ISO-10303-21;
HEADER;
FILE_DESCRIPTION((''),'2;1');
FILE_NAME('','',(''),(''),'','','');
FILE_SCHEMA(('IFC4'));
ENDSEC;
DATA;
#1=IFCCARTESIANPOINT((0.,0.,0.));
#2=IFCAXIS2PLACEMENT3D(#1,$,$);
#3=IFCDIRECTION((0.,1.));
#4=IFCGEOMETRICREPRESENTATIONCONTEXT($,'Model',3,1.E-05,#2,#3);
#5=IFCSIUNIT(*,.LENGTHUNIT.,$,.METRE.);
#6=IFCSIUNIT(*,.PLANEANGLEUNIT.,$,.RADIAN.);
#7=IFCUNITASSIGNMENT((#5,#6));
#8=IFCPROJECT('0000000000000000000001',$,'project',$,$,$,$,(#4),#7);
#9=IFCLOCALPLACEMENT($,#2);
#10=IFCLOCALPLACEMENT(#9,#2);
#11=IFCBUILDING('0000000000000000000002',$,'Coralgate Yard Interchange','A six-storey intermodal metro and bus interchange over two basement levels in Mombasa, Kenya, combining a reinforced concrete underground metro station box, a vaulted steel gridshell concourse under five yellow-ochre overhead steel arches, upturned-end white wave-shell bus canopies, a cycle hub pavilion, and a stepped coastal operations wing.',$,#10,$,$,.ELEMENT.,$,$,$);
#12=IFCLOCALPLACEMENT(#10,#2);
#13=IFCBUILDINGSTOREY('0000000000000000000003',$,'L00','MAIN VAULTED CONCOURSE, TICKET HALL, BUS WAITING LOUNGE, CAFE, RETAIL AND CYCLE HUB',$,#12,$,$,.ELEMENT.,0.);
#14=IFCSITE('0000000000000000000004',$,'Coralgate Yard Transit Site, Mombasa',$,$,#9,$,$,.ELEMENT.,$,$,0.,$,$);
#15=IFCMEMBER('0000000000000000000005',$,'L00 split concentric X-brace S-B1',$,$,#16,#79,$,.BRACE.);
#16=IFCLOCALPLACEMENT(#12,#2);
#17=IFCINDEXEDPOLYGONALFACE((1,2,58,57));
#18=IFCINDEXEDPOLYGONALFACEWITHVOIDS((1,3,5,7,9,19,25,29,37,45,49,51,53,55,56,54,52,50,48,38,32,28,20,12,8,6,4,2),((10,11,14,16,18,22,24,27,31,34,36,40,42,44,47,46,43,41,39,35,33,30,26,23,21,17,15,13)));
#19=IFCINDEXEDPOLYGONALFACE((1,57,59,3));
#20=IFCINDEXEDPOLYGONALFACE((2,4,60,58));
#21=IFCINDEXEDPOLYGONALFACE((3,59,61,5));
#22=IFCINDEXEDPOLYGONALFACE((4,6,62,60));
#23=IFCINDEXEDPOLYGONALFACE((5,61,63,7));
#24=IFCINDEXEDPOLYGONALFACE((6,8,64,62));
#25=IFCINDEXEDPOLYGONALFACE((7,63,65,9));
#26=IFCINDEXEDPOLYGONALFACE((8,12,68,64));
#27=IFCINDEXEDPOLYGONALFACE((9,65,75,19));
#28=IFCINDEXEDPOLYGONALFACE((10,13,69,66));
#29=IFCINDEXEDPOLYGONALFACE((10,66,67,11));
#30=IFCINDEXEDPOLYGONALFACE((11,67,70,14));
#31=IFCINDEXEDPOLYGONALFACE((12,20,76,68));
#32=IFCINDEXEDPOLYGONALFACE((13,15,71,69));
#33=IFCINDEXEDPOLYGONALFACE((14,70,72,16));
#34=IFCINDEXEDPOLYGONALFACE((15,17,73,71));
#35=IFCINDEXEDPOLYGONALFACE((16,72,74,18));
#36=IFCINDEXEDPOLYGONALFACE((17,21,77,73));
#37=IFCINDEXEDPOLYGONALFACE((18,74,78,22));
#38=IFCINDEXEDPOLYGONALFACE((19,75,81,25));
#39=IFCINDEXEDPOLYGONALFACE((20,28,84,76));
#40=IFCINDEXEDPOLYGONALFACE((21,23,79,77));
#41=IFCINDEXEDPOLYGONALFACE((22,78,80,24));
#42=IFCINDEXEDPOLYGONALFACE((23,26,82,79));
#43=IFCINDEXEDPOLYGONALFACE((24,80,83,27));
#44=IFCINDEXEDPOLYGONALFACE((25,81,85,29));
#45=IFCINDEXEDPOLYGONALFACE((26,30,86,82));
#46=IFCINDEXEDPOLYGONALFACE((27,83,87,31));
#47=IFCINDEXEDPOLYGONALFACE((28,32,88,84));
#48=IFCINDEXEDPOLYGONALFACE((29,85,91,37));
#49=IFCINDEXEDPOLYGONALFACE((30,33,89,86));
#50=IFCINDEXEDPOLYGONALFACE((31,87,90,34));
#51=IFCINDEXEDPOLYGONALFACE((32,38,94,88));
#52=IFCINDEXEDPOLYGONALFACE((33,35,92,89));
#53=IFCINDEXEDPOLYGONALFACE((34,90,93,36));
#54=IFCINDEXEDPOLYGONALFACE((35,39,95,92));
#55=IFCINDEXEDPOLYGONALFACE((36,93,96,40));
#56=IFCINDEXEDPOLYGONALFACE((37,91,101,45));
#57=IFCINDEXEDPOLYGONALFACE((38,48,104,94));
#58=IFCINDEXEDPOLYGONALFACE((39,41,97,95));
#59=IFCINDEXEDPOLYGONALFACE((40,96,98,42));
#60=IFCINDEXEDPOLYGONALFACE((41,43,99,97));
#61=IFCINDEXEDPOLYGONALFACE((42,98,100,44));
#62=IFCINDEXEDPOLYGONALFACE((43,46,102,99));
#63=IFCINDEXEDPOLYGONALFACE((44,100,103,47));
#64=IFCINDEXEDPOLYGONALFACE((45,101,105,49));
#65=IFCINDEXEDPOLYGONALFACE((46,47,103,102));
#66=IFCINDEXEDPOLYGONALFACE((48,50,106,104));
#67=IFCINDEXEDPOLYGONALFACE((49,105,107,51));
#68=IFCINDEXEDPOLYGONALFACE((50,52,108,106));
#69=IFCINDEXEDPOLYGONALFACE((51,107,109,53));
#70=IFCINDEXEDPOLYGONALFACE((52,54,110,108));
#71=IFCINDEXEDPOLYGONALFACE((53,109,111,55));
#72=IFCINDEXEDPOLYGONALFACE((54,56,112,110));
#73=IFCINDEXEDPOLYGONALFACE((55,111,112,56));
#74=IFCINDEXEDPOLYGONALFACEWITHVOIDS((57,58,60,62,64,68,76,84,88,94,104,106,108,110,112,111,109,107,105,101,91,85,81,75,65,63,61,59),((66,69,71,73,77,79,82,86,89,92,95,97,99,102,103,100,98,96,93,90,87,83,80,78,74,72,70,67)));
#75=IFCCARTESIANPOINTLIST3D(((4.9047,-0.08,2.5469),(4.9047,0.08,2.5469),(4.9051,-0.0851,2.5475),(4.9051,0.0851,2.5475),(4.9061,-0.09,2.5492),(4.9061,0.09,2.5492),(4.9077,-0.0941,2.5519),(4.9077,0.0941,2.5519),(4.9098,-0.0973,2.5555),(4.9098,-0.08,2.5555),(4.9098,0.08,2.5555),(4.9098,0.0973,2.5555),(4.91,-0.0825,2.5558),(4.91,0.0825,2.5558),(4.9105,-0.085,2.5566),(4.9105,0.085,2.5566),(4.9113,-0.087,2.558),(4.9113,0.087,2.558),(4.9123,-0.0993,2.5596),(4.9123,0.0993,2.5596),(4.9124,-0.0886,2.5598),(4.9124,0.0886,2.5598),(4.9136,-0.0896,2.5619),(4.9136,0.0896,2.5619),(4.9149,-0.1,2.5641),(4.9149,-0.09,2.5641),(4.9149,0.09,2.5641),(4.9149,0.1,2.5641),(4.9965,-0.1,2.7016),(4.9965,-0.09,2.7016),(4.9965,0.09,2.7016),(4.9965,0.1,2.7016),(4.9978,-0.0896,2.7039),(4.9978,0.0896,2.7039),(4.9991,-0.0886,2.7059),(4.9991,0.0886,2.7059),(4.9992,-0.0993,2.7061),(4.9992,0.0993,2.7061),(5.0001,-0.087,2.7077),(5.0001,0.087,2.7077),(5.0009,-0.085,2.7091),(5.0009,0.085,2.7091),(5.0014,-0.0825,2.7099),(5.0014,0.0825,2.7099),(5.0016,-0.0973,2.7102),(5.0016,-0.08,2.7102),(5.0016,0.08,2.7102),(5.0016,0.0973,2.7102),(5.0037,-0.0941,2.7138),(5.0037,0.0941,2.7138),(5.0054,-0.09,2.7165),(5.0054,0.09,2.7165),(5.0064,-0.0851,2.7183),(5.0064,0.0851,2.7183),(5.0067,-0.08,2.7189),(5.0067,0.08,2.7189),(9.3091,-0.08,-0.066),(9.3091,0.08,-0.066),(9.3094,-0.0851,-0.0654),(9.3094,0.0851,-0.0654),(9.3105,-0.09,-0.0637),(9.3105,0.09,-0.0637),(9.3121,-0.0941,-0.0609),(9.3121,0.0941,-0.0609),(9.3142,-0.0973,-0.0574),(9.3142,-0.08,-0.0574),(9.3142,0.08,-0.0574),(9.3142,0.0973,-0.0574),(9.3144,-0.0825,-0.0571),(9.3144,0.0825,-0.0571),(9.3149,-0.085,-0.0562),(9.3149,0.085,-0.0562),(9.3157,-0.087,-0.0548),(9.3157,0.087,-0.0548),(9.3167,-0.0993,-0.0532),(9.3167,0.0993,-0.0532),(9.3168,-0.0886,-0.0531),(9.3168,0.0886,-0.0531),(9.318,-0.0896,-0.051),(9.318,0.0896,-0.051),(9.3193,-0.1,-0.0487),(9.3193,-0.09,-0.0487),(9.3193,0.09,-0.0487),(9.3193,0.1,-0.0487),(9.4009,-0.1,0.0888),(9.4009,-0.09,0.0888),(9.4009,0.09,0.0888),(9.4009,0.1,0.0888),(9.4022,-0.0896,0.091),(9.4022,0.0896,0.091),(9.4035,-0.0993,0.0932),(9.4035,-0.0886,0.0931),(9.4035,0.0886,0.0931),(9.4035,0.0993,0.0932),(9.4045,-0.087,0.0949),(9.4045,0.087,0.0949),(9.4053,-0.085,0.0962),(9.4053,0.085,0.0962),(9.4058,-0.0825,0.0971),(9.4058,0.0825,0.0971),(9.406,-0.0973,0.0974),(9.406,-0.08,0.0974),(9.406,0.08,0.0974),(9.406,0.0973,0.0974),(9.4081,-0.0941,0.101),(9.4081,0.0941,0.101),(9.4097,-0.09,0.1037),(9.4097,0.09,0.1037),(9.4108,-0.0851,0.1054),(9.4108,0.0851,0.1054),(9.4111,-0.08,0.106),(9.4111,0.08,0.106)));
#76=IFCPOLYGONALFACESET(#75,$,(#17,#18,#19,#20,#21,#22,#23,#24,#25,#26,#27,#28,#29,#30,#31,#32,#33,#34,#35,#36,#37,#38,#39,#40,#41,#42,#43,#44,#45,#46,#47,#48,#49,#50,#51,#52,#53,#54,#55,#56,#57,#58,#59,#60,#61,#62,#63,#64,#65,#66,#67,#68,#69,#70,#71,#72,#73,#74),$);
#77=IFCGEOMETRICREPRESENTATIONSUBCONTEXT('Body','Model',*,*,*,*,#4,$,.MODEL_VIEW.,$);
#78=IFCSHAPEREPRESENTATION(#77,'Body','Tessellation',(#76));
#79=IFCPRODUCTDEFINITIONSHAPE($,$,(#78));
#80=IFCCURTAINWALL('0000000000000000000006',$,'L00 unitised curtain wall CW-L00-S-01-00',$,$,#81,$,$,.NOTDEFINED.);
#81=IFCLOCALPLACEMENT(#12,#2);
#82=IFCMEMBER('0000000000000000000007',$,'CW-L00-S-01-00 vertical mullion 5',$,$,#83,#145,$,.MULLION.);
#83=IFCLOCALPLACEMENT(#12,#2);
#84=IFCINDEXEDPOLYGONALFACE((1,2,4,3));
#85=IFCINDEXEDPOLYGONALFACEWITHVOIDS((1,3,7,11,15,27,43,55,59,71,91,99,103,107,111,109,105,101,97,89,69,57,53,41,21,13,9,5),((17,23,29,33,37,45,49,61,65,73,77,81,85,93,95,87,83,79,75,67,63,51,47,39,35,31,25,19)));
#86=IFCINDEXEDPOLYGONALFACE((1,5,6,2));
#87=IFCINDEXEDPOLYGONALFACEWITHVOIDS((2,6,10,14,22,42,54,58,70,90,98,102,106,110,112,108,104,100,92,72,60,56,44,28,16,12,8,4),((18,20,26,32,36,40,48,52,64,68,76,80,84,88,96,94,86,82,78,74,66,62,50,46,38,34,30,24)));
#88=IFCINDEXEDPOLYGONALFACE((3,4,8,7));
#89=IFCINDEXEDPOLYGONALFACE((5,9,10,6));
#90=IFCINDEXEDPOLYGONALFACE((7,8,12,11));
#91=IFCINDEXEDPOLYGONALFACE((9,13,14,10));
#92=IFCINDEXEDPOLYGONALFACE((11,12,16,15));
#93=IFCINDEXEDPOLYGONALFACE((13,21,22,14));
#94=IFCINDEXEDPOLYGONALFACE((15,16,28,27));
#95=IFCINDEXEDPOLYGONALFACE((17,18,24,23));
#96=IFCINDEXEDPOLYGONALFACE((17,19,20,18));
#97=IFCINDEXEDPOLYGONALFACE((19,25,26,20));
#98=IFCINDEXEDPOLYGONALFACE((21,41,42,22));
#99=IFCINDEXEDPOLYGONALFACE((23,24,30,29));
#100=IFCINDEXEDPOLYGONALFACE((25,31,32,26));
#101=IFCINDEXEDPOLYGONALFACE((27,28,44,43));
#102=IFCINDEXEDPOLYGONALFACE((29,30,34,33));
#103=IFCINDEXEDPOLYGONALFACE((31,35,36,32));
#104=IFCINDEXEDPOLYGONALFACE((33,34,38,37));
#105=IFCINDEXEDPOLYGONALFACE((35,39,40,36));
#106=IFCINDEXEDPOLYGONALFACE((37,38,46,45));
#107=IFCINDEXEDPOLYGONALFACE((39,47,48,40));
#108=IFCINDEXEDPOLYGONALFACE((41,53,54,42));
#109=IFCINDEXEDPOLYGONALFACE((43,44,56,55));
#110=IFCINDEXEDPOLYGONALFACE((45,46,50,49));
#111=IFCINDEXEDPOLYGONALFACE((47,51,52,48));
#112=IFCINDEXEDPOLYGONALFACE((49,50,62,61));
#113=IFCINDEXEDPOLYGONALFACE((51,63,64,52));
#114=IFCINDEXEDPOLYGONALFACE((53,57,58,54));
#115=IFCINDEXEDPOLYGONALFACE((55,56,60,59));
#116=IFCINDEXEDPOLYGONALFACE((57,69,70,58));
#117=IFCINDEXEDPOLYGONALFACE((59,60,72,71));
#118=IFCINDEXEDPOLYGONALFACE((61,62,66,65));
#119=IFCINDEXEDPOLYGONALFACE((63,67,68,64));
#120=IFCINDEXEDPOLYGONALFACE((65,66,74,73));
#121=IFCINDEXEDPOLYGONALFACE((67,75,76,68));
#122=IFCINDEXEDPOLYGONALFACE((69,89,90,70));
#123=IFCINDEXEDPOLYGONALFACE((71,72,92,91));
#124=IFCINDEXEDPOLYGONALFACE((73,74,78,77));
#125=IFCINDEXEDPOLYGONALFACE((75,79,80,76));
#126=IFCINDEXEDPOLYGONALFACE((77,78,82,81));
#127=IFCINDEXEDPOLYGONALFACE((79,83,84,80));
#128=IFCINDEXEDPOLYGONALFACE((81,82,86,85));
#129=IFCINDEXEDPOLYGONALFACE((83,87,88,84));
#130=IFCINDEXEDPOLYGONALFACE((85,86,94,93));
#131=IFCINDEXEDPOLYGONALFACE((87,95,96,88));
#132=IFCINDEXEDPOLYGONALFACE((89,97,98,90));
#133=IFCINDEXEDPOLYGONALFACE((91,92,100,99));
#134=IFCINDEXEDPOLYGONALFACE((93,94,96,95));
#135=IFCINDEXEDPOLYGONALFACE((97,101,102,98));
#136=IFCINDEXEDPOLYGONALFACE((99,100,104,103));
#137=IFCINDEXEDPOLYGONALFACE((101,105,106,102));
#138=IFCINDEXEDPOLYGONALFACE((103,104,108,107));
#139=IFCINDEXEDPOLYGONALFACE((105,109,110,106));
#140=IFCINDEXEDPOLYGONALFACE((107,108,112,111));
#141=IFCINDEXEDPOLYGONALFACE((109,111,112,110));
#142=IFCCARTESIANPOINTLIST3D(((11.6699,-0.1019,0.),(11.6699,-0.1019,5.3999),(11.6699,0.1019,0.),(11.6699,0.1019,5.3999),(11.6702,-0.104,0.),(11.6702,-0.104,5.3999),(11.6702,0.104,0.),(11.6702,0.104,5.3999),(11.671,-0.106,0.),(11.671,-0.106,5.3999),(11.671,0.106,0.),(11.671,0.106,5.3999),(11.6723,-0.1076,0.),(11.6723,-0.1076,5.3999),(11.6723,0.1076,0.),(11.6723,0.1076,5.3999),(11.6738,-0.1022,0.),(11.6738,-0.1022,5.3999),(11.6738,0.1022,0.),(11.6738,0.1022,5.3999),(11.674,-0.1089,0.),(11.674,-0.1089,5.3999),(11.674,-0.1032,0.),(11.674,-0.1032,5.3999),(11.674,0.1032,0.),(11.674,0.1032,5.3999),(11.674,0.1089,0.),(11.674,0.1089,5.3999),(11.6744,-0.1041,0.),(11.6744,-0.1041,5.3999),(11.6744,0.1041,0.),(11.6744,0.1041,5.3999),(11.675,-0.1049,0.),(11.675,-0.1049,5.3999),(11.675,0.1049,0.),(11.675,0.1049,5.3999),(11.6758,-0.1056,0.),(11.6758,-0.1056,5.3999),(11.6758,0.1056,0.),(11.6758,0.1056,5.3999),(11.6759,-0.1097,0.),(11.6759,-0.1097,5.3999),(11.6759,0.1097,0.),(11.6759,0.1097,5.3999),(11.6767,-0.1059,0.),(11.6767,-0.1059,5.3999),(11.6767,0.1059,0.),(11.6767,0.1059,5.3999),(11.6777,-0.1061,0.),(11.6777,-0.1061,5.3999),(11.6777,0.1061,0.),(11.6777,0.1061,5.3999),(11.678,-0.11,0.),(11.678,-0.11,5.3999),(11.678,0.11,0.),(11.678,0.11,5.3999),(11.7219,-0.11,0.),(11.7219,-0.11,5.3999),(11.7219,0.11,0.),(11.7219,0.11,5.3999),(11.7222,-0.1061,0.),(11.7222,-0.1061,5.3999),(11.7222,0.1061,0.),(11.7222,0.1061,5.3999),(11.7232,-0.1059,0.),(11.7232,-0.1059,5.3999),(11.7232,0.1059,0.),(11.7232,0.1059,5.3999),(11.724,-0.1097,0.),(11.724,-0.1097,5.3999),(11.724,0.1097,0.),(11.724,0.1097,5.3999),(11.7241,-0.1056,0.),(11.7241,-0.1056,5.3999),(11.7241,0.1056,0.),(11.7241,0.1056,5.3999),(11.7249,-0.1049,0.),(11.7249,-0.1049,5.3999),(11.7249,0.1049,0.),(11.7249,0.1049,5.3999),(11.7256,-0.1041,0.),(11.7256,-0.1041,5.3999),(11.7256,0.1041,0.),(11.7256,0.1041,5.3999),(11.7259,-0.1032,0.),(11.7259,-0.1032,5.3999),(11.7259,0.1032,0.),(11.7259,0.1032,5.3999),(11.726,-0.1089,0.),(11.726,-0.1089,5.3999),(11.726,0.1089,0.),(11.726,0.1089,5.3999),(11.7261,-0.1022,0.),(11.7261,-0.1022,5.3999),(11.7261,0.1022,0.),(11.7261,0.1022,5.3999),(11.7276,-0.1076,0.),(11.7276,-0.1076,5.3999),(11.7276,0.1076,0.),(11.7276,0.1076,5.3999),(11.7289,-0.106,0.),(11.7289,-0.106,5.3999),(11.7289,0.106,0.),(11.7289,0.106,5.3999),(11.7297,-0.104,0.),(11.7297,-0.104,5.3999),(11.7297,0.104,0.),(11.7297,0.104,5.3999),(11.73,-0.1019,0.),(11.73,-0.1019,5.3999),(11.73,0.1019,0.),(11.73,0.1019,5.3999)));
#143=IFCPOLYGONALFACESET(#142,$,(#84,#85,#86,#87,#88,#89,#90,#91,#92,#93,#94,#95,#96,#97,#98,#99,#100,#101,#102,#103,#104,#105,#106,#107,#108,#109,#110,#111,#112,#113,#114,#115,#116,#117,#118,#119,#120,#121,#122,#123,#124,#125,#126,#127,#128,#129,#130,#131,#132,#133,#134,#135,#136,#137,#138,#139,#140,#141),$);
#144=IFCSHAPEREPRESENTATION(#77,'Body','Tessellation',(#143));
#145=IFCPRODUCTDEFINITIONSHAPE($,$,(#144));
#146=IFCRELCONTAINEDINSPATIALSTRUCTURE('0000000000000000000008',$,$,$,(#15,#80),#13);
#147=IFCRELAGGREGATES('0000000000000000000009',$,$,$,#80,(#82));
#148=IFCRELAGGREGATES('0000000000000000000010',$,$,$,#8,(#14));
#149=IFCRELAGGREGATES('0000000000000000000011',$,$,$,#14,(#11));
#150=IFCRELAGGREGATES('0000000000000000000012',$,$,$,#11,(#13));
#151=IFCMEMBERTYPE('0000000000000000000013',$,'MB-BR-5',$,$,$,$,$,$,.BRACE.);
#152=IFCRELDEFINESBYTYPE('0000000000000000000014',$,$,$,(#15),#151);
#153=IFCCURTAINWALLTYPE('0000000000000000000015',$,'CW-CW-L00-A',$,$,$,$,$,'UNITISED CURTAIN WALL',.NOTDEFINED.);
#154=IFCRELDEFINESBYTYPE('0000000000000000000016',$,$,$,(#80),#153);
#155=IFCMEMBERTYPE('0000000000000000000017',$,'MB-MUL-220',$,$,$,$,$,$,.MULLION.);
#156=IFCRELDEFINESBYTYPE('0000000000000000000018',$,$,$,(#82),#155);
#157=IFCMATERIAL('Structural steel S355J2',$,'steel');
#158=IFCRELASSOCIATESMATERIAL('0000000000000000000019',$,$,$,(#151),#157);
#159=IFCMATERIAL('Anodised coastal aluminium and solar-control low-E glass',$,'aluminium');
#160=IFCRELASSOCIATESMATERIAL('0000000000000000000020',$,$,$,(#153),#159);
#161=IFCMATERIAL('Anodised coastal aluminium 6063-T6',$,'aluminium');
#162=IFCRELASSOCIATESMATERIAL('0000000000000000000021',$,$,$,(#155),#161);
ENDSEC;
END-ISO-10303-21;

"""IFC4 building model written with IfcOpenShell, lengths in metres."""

from ifc_helpers import new_model, si_unit, direction, frame, origin, origin_2d, place, context, subcontext, project, spatial, hollow_rectangle, extrude, material, material_profile, profile_set, type_object, element, aggregate, save


model = new_model("IFC4")

# Units and contexts
model_context = context("Model", 3, precision=1e-05, world=origin(), true_north=direction((0.0, 1.0)))
body_context = subcontext(model_context, "Body", "Model", "MODEL_VIEW")
ifc_project = project(units=[si_unit("LENGTHUNIT", "METRE"), si_unit("PLANEANGLEUNIT", "RADIAN")], contexts=[model_context])

# Site, building, storey
site_placement = place(None, origin())
site = spatial("IfcSite", under=ifc_project, at=site_placement, Name="Coralgate Yard Transit Site, Mombasa", CompositionType="ELEMENT", RefElevation=0.0)
building_placement = place(site_placement, origin())
building = spatial("IfcBuilding", under=site, at=building_placement, Name="Coralgate Yard Interchange", Description="A six-storey intermodal metro and bus interchange over two basement levels in Mombasa, Kenya, combining a reinforced concrete underground metro station box, a vaulted steel gridshell concourse under five yellow-ochre overhead steel arches, upturned-end white wave-shell bus canopies, a cycle hub pavilion, and a stepped coastal operations wing.", CompositionType="ELEMENT")
storey_placement = place(building_placement, origin())
storey = spatial("IfcBuildingStorey", under=building, at=storey_placement, Name="L00", Description="MAIN VAULTED CONCOURSE, TICKET HALL, BUS WAITING LOUNGE, CAFE, RETAIL AND CYCLE HUB", CompositionType="ELEMENT", Elevation=0.0)

# Shared definitions
ifc_material_1 = material(Name="Structural steel S355J2", Category="steel")

# Member
ifc_material_profile_1 = material_profile(ifc_material_1, hollow_rectangle(XDim=0.2, YDim=0.2, WallThickness=0.01, InnerFilletRadius=0.01, OuterFilletRadius=0.02, at=origin_2d()), Name="SHS 200x200x10")
ifc_profile_set_1 = profile_set([ifc_material_profile_1], Name="Structural steel S355J2")
member_type_1 = type_object("IfcMemberType", Name="MB-BR-5", PredefinedType="BRACE", material=ifc_profile_set_1)
member_1_placement = place(storey_placement, frame((9.3601, 0.0, 0.02), z_axis=(-0.860048, 0.0, 0.510213), x_axis=(0.0, -1.0, 0.0)))
element("IfcMember", 1, at=member_1_placement, inside=storey, type_object=member_type_1, Name="L00 split concentric X-brace S-B1", PredefinedType="BRACE", context=body_context, shape_type="SweptSolid", body=[
    extrude(hollow_rectangle(XDim=0.2, YDim=0.2, WallThickness=0.01, InnerFilletRadius=0.01, OuterFilletRadius=0.02, at=origin_2d()), origin(), (0.0, 0.0, 1.0), 5.1211),
])

# Curtain wall, member
ifc_material_2 = material(Name="Anodised coastal aluminium and solar-control low-E glass", Category="aluminium")
curtain_wall_type = type_object("IfcCurtainWallType", Name="CW-CW-L00-A", ElementType="UNITISED CURTAIN WALL", PredefinedType="NOTDEFINED", material=ifc_material_2)
curtain_wall_placement = place(storey_placement, origin())
curtain_wall = element("IfcCurtainWall", 2, at=curtain_wall_placement, inside=storey, type_object=curtain_wall_type, Name="L00 unitised curtain wall CW-L00-S-01-00", PredefinedType="NOTDEFINED")
ifc_material_3 = material(Name="Anodised coastal aluminium 6063-T6", Category="aluminium")
ifc_material_profile_2 = material_profile(ifc_material_3, hollow_rectangle(XDim=0.0601, YDim=0.22, WallThickness=0.0039, InnerFilletRadius=0.0039, OuterFilletRadius=0.0081, at=origin_2d()), Name="ALU 60x220x4")
ifc_profile_set_2 = profile_set([ifc_material_profile_2], Name="Anodised coastal aluminium 6063-T6")
member_type_2 = type_object("IfcMemberType", Name="MB-MUL-220", PredefinedType="MULLION", material=ifc_profile_set_2)
member_2_placement = place(storey_placement, frame((11.7, 0.0, 0.0), z_axis=(0.0, 0.0, 1.0), x_axis=(1.0, 0.0, 0.0)))
member_2 = element("IfcMember", 3, at=member_2_placement, type_object=member_type_2, Name="CW-L00-S-01-00 vertical mullion 5", PredefinedType="MULLION", context=body_context, shape_type="SweptSolid", body=[
    extrude(hollow_rectangle(XDim=0.0601, YDim=0.22, WallThickness=0.0039, InnerFilletRadius=0.0039, OuterFilletRadius=0.0081, at=origin_2d()), origin(), (0.0, 0.0, 1.0), 5.3999),
])
aggregate(curtain_wall, [member_2])

save(model, "model.ifc")
